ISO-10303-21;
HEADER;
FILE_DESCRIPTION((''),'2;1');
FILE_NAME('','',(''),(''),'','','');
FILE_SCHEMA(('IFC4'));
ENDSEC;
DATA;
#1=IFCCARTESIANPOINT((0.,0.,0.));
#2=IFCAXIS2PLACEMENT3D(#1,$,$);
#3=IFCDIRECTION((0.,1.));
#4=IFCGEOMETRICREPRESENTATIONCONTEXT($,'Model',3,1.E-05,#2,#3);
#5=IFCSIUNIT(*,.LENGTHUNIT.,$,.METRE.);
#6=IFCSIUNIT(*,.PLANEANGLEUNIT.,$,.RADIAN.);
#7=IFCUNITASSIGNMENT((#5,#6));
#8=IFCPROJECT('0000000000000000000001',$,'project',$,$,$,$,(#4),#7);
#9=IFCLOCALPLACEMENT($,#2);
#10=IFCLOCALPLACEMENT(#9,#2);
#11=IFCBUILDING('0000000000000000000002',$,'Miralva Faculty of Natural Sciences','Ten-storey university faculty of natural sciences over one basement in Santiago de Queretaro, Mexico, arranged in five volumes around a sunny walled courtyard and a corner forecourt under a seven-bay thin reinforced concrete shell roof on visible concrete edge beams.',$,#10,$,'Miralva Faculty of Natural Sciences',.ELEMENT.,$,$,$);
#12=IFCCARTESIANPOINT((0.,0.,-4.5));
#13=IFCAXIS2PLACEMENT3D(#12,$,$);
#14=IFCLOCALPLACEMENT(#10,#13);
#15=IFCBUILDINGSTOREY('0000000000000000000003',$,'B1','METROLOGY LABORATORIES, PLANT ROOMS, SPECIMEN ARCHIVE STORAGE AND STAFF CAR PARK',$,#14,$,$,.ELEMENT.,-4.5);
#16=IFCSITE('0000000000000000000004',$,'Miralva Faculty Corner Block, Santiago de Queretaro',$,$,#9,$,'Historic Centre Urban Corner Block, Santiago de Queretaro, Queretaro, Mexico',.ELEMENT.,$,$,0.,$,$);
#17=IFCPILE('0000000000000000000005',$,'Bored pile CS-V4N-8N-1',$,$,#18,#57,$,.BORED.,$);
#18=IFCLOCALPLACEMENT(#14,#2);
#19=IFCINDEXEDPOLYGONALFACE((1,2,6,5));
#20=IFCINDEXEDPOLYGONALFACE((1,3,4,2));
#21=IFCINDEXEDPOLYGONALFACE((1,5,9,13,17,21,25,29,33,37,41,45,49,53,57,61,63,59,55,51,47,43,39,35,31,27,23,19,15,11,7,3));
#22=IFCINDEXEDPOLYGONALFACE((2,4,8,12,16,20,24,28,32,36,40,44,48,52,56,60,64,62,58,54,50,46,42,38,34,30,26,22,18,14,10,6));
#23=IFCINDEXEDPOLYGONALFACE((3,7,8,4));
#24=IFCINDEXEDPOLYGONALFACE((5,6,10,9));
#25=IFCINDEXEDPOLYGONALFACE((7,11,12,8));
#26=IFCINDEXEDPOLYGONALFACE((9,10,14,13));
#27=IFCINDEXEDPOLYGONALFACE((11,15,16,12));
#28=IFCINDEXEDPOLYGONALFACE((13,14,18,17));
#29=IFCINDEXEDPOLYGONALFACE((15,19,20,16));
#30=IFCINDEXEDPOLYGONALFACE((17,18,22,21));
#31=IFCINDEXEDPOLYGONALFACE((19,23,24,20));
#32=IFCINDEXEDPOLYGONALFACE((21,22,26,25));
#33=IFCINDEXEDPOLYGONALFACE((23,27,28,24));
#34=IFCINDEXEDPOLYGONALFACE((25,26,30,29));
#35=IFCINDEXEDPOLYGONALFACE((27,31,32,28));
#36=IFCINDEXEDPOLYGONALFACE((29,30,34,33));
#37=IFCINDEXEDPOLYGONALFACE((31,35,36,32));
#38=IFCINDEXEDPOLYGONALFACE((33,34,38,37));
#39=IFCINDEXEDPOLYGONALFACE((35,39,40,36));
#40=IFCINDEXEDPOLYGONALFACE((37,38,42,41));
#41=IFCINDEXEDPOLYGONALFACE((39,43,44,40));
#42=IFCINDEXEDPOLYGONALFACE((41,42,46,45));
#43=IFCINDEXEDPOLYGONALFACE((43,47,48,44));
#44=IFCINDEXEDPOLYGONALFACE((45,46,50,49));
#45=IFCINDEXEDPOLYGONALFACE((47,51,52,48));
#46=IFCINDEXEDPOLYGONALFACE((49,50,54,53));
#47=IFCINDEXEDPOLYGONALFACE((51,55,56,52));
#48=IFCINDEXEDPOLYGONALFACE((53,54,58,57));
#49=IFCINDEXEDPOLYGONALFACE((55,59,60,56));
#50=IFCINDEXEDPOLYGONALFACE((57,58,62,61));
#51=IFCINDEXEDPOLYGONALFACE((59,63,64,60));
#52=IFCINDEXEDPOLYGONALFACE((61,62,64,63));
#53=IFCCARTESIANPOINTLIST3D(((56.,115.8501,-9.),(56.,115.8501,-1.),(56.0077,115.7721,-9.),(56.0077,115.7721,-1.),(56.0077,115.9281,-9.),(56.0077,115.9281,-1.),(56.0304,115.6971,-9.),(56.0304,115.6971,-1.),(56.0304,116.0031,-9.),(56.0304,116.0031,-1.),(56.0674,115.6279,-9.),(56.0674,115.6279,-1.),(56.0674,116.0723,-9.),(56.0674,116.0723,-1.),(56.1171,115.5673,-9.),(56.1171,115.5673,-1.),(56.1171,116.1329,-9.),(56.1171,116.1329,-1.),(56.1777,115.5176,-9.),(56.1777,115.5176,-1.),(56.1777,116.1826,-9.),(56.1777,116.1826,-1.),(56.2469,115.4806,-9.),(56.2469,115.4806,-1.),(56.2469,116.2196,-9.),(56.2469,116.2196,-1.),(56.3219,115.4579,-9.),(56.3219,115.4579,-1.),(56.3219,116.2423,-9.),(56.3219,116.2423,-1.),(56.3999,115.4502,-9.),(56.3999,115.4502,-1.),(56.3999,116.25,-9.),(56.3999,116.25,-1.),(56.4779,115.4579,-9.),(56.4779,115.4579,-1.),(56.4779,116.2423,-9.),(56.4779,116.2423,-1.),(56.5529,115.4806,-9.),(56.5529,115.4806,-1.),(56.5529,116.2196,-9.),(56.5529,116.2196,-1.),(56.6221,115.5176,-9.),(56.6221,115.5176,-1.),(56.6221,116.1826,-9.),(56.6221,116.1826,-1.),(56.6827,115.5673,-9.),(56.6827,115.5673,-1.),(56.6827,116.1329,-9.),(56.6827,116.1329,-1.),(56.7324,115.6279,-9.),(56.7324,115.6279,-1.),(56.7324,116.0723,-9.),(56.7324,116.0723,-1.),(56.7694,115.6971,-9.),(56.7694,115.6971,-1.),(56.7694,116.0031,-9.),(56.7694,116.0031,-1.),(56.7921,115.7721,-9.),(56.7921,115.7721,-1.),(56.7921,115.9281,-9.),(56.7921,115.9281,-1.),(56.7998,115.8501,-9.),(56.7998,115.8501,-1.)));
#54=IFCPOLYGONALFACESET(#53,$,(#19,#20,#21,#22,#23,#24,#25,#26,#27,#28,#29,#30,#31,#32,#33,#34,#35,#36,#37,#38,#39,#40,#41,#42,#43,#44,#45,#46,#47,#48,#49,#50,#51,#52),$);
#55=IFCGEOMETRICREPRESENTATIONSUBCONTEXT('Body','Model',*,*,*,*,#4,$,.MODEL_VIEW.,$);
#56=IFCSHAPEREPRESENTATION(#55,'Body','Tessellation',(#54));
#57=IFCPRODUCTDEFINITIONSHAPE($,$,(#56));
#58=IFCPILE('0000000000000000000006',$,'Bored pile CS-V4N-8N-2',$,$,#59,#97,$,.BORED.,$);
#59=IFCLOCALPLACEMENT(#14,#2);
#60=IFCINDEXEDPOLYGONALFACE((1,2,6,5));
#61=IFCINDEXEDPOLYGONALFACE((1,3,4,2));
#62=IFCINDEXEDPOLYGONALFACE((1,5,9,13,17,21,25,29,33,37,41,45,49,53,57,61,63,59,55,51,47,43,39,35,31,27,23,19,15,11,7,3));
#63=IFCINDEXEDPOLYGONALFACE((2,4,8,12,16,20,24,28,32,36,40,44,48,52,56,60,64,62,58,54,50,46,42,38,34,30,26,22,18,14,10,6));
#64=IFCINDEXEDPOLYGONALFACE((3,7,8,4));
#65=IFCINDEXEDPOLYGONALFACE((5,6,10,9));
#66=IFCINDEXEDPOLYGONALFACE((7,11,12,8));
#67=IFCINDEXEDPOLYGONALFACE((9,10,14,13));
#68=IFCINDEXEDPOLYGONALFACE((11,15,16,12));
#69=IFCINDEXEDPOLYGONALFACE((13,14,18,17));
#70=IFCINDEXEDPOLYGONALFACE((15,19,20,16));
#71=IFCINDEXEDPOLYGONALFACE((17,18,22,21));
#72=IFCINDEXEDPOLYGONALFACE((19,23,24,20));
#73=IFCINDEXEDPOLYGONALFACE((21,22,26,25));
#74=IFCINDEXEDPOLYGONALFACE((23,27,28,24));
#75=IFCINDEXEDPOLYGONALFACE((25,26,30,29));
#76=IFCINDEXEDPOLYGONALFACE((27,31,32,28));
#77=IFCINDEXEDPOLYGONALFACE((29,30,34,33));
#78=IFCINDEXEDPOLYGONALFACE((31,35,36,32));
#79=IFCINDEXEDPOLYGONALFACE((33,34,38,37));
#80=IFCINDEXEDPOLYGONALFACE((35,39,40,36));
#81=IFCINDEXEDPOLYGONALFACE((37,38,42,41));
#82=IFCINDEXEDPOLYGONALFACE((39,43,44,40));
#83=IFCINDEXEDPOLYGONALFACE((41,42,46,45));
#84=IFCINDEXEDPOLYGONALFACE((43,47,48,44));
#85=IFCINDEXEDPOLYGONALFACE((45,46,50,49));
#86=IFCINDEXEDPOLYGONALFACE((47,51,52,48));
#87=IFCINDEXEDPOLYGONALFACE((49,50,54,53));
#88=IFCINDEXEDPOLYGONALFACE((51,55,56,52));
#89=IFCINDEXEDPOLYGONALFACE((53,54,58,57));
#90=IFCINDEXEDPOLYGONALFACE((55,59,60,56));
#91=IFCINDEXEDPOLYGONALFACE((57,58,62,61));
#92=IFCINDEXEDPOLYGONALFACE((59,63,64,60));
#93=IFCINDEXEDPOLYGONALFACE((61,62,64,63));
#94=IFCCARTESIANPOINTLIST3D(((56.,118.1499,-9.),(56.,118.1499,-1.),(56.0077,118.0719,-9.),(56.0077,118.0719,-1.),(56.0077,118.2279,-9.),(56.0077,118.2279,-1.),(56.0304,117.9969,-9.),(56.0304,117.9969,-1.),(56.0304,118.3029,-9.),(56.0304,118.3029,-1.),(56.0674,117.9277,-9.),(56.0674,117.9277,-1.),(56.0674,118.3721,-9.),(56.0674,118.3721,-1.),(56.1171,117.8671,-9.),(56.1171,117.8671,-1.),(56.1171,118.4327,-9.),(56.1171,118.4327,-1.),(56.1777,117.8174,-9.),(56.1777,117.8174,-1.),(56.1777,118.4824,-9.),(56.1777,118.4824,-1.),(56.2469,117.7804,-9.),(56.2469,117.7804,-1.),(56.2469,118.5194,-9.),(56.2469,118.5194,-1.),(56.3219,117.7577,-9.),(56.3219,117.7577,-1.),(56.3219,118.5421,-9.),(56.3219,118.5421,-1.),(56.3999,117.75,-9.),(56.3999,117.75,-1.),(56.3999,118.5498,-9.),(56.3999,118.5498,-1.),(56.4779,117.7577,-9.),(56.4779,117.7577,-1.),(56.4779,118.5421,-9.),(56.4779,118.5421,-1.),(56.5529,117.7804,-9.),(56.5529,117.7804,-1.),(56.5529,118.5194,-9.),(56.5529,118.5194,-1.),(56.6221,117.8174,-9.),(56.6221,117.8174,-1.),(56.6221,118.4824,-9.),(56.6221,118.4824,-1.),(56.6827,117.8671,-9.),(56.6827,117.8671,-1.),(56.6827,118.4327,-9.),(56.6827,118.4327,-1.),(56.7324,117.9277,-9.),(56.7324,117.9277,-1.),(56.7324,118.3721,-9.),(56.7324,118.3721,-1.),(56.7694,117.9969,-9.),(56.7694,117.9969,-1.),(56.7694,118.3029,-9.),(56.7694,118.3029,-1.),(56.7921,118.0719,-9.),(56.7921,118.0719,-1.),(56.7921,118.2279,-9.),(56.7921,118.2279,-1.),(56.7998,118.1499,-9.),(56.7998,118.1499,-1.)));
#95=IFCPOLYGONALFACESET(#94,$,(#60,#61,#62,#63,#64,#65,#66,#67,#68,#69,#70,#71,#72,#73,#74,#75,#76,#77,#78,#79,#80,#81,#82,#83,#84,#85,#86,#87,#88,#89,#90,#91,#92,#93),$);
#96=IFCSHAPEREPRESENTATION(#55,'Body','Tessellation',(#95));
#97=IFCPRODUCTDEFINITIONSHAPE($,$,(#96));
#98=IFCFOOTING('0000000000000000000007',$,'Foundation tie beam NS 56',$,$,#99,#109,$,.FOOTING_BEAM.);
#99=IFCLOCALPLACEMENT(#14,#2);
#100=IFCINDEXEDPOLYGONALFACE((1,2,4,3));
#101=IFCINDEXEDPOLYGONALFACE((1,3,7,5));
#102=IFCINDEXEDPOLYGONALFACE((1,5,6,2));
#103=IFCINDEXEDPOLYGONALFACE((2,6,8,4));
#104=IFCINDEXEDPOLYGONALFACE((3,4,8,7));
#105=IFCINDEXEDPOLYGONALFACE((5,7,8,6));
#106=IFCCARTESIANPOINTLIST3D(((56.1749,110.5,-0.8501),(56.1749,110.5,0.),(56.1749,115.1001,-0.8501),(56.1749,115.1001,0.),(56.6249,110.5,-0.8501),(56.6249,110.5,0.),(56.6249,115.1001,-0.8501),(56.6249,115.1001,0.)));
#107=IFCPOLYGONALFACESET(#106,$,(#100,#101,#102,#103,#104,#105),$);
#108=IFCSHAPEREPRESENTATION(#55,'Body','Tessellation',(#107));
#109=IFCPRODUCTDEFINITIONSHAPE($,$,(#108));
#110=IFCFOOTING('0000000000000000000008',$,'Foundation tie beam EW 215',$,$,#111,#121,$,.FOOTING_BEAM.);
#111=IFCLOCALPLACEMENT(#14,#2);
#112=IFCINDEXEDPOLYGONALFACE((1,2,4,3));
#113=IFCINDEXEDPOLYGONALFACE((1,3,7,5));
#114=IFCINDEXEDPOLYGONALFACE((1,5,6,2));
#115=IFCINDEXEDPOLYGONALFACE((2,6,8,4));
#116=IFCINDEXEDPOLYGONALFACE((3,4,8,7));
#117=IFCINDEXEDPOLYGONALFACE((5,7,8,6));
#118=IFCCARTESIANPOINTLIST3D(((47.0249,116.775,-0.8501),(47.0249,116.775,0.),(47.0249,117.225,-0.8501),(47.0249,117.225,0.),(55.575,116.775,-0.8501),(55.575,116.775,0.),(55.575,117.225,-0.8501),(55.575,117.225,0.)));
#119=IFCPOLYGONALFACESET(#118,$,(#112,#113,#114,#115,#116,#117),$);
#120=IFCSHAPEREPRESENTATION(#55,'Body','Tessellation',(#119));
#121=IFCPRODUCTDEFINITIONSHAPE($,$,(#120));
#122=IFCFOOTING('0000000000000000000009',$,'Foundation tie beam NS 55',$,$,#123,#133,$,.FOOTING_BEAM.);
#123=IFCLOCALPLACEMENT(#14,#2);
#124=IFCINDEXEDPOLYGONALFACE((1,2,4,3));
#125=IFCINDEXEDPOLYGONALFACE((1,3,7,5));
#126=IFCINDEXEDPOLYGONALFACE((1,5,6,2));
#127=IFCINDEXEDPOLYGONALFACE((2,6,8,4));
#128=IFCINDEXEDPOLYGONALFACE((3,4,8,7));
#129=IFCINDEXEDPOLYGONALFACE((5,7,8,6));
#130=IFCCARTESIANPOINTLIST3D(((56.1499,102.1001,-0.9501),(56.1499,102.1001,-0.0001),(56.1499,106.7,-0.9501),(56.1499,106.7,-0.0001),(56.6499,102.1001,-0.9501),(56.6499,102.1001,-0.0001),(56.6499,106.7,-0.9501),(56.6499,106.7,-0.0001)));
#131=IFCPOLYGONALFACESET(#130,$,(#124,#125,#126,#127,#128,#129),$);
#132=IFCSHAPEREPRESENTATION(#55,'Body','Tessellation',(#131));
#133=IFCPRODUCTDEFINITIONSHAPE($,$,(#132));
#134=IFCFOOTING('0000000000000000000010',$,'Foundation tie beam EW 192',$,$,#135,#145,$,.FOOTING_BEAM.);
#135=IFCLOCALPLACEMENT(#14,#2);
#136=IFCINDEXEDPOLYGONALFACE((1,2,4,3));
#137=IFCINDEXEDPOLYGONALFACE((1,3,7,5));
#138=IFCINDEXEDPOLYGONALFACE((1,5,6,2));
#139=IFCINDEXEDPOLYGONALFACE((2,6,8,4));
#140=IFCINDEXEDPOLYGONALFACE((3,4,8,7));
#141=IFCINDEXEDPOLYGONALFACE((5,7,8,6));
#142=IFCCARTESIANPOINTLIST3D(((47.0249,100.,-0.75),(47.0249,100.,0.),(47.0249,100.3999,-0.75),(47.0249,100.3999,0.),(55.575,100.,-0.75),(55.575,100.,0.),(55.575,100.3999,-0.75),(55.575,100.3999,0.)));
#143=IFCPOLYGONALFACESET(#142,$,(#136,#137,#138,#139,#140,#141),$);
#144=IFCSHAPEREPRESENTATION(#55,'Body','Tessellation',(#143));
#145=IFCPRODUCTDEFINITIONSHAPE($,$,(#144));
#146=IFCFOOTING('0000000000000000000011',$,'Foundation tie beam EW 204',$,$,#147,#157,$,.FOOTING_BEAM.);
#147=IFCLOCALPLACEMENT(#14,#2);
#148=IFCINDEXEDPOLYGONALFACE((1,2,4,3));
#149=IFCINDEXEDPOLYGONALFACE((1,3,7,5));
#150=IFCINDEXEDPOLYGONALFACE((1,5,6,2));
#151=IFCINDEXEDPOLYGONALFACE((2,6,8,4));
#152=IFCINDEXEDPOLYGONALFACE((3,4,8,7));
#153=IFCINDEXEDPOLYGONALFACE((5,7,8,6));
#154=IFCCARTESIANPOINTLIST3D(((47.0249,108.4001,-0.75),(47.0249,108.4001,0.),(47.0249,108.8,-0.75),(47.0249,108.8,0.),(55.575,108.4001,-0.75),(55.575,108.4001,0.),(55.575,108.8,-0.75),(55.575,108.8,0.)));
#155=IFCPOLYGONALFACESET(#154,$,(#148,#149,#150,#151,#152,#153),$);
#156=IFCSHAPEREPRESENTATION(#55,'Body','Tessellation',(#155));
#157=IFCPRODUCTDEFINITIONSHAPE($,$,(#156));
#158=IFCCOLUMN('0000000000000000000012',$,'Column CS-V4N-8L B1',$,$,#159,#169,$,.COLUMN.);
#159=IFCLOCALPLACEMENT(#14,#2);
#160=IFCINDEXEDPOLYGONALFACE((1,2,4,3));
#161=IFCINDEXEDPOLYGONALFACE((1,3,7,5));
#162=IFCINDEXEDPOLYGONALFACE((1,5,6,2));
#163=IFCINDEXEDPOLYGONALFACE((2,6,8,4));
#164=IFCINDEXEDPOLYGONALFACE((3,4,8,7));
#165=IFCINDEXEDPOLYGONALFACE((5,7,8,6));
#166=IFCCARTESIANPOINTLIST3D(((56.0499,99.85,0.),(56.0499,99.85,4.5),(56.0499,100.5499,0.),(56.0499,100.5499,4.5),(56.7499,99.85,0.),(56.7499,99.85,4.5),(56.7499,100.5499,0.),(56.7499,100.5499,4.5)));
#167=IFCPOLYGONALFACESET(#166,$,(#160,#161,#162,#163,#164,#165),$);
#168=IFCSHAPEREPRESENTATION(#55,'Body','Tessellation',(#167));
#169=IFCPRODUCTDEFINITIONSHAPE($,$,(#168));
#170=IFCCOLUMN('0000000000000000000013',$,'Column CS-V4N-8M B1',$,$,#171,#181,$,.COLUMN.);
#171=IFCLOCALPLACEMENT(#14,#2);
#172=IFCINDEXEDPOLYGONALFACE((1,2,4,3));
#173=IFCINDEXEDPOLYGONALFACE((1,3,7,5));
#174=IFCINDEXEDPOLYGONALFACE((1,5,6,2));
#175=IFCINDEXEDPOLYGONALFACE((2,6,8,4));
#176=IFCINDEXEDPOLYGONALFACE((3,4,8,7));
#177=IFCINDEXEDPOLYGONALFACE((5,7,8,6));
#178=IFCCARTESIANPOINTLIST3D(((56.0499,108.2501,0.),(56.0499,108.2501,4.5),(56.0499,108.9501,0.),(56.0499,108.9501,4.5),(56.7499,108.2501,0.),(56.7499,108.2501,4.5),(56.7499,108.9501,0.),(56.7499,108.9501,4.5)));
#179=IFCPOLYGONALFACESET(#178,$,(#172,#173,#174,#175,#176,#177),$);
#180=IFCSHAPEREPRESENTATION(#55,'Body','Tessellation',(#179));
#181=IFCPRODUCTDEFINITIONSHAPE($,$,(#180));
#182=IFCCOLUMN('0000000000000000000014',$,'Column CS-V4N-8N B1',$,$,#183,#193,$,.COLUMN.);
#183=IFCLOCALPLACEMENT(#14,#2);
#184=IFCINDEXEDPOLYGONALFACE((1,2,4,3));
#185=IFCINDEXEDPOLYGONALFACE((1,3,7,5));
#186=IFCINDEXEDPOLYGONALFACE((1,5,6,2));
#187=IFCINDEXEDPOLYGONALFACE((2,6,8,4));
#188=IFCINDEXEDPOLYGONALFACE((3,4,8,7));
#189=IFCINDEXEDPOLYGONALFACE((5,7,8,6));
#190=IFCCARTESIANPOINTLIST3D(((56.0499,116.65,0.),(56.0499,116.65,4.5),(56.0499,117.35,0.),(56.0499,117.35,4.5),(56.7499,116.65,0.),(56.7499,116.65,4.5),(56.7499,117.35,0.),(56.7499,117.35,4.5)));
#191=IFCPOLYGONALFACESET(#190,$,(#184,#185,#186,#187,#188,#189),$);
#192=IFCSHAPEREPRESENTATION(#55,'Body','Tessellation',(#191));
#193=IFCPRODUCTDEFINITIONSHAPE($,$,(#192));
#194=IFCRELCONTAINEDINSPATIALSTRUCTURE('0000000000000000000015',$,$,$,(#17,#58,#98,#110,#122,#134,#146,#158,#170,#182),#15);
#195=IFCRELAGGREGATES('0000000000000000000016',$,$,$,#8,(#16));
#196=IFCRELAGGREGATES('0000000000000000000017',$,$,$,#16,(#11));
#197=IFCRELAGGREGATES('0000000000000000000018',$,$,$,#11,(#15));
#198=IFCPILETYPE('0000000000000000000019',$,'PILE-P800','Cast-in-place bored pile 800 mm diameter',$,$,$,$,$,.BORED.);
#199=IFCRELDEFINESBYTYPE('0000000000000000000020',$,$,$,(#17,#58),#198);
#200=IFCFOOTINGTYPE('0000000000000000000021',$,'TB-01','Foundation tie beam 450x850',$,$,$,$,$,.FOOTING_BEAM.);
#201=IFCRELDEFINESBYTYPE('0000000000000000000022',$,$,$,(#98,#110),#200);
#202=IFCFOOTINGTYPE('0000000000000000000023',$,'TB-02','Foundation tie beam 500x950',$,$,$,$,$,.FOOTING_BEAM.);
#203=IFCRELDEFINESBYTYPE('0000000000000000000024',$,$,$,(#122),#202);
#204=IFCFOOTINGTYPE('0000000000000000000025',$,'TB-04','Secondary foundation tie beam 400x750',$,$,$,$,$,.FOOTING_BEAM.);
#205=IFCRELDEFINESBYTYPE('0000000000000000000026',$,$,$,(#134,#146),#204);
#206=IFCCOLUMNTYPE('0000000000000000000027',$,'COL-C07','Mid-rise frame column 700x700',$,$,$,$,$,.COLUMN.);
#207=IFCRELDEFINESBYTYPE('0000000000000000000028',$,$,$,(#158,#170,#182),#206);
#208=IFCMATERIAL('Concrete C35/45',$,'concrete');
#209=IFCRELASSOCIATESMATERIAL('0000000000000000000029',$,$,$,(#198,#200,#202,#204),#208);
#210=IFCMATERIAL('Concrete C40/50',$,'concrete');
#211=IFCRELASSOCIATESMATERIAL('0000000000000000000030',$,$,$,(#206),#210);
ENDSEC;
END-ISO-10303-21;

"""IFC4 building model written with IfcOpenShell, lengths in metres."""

from ifc_helpers import new_model, si_unit, direction, frame, origin, origin_2d, place, context, subcontext, project, spatial, rectangle, circle, extrude, material, material_profile, profile_set, type_object, element, save


model = new_model("IFC4")

# Units and contexts
model_context = context("Model", 3, precision=1e-05, world=origin(), true_north=direction((0.0, 1.0)))
body_context = subcontext(model_context, "Body", "Model", "MODEL_VIEW")
ifc_project = project(units=[si_unit("LENGTHUNIT", "METRE"), si_unit("PLANEANGLEUNIT", "RADIAN")], contexts=[model_context])

# Site, building, storey
site_placement = place(None, origin())
site = spatial("IfcSite", under=ifc_project, at=site_placement, Name="Miralva Faculty Corner Block, Santiago de Queretaro", LongName="Historic Centre Urban Corner Block, Santiago de Queretaro, Queretaro, Mexico", CompositionType="ELEMENT", RefElevation=0.0)
building_placement = place(site_placement, origin())
building = spatial("IfcBuilding", under=site, at=building_placement, Name="Miralva Faculty of Natural Sciences", Description="Ten-storey university faculty of natural sciences over one basement in Santiago de Queretaro, Mexico, arranged in five volumes around a sunny walled courtyard and a corner forecourt under a seven-bay thin reinforced concrete shell roof on visible concrete edge beams.", LongName="Miralva Faculty of Natural Sciences", CompositionType="ELEMENT")
storey_placement = place(building_placement, frame((0.0, 0.0, -4.5)))
storey = spatial("IfcBuildingStorey", under=building, at=storey_placement, Name="B1", Description="METROLOGY LABORATORIES, PLANT ROOMS, SPECIMEN ARCHIVE STORAGE AND STAFF CAR PARK", CompositionType="ELEMENT", Elevation=-4.5)

# Shared definitions
ifc_material_1 = material(Name="Concrete C35/45", Category="concrete")

# Piles
ifc_material_profile_1 = material_profile(ifc_material_1, circle(Radius=0.3999, at=origin_2d()), Name="BORED PILE 800")
ifc_profile_set_1 = profile_set([ifc_material_profile_1], Name="Concrete C35/45")
pile_type = type_object("IfcPileType", Name="PILE-P800", Description="Cast-in-place bored pile 800 mm diameter", PredefinedType="BORED", material=ifc_profile_set_1)
for number, where, z_axis, x_axis, name in (
    (1, (56.3999, 115.8501, -1.0), (0.0, 0.0, -1.0), (1.0, 0.0, 0.0), "Bored pile CS-V4N-8N-1"),
    (2, (56.3999, 118.1499, -1.0), (0.0, 0.0, -1.0), (1.0, 0.0, 0.0), "Bored pile CS-V4N-8N-2"),
):
    element("IfcPile", number, at=place(storey_placement, frame(where, z_axis=z_axis, x_axis=x_axis)), inside=storey, type_object=pile_type, Name=name, PredefinedType="BORED", context=body_context, shape_type="SweptSolid", body=[
        extrude(circle(Radius=0.3999, at=origin_2d()), origin(), (0.0, 0.0, 1.0), 8.0),
    ])

# Footings
ifc_material_profile_2 = material_profile(ifc_material_1, rectangle(XDim=0.45, YDim=0.8501, at=origin_2d()), Name="RC 450x850")
ifc_profile_set_2 = profile_set([ifc_material_profile_2], Name="Concrete C35/45")
footing_type_1 = type_object("IfcFootingType", Name="TB-01", Description="Foundation tie beam 450x850", PredefinedType="FOOTING_BEAM", material=ifc_profile_set_2)
footing_1_placement = place(storey_placement, frame((56.3999, 110.5, -0.425), z_axis=(0.0, 1.0, 0.0), x_axis=(-1.0, 0.0, 0.0)))
element("IfcFooting", 3, at=footing_1_placement, inside=storey, type_object=footing_type_1, Name="Foundation tie beam NS 56", PredefinedType="FOOTING_BEAM", context=body_context, shape_type="SweptSolid", body=[
    extrude(rectangle(XDim=0.45, YDim=0.8501, at=origin_2d()), origin(), (0.0, 0.0, 1.0), 4.6001),
])
footing_2_placement = place(storey_placement, frame((47.0249, 117.0, -0.425), z_axis=(1.0, 0.0, 0.0), x_axis=(0.0, 1.0, 0.0)))
element("IfcFooting", 4, at=footing_2_placement, inside=storey, type_object=footing_type_1, Name="Foundation tie beam EW 215", PredefinedType="FOOTING_BEAM", context=body_context, shape_type="SweptSolid", body=[
    extrude(rectangle(XDim=0.45, YDim=0.8501, at=origin_2d()), origin(), (0.0, 0.0, 1.0), 8.55),
])
ifc_material_profile_3 = material_profile(ifc_material_1, rectangle(XDim=0.5, YDim=0.95, at=origin_2d()), Name="RC 500x950")
ifc_profile_set_3 = profile_set([ifc_material_profile_3], Name="Concrete C35/45")
footing_type_2 = type_object("IfcFootingType", Name="TB-02", Description="Foundation tie beam 500x950", PredefinedType="FOOTING_BEAM", material=ifc_profile_set_3)
footing_3_placement = place(storey_placement, frame((56.3999, 102.1001, -0.4751), z_axis=(0.0, 1.0, 0.0), x_axis=(-1.0, 0.0, 0.0)))
element("IfcFooting", 5, at=footing_3_placement, inside=storey, type_object=footing_type_2, Name="Foundation tie beam NS 55", PredefinedType="FOOTING_BEAM", context=body_context, shape_type="SweptSolid", body=[
    extrude(rectangle(XDim=0.5, YDim=0.95, at=origin_2d()), origin(), (0.0, 0.0, 1.0), 4.5999),
])
ifc_material_profile_4 = material_profile(ifc_material_1, rectangle(XDim=0.3999, YDim=0.75, at=origin_2d()), Name="RC 400x750")
ifc_profile_set_4 = profile_set([ifc_material_profile_4], Name="Concrete C35/45")
footing_type_3 = type_object("IfcFootingType", Name="TB-04", Description="Secondary foundation tie beam 400x750", PredefinedType="FOOTING_BEAM", material=ifc_profile_set_4)
for number, where, z_axis, x_axis, name in (
    (6, (47.0249, 100.2, -0.375), (1.0, 0.0, 0.0), (0.0, 1.0, 0.0), "Foundation tie beam EW 192"),
    (7, (47.0249, 108.6001, -0.375), (1.0, 0.0, 0.0), (0.0, 1.0, 0.0), "Foundation tie beam EW 204"),
):
    element("IfcFooting", number, at=place(storey_placement, frame(where, z_axis=z_axis, x_axis=x_axis)), inside=storey, type_object=footing_type_3, Name=name, PredefinedType="FOOTING_BEAM", context=body_context, shape_type="SweptSolid", body=[
        extrude(rectangle(XDim=0.3999, YDim=0.75, at=origin_2d()), origin(), (0.0, 0.0, 1.0), 8.55),
    ])

# Columns
ifc_material_2 = material(Name="Concrete C40/50", Category="concrete")
ifc_material_profile_5 = material_profile(ifc_material_2, rectangle(XDim=0.7, YDim=0.7, at=origin_2d()), Name="RC 700x700")
ifc_profile_set_5 = profile_set([ifc_material_profile_5], Name="Concrete C40/50")
column_type = type_object("IfcColumnType", Name="COL-C07", Description="Mid-rise frame column 700x700", PredefinedType="COLUMN", material=ifc_profile_set_5)
for number, where, z_axis, x_axis, name in (
    (8, (56.3999, 100.2, 0.0), (0.0, 0.0, 1.0), (1.0, 0.0, 0.0), "Column CS-V4N-8L B1"),
    (9, (56.3999, 108.6001, 0.0), (0.0, 0.0, 1.0), (1.0, 0.0, 0.0), "Column CS-V4N-8M B1"),
    (10, (56.3999, 117.0, 0.0), (0.0, 0.0, 1.0), (1.0, 0.0, 0.0), "Column CS-V4N-8N B1"),
):
    element("IfcColumn", number, at=place(storey_placement, frame(where, z_axis=z_axis, x_axis=x_axis)), inside=storey, type_object=column_type, Name=name, PredefinedType="COLUMN", context=body_context, shape_type="SweptSolid", body=[
        extrude(rectangle(XDim=0.7, YDim=0.7, at=origin_2d()), origin(), (0.0, 0.0, 1.0), 4.5),
    ])

save(model, "model.ifc")
